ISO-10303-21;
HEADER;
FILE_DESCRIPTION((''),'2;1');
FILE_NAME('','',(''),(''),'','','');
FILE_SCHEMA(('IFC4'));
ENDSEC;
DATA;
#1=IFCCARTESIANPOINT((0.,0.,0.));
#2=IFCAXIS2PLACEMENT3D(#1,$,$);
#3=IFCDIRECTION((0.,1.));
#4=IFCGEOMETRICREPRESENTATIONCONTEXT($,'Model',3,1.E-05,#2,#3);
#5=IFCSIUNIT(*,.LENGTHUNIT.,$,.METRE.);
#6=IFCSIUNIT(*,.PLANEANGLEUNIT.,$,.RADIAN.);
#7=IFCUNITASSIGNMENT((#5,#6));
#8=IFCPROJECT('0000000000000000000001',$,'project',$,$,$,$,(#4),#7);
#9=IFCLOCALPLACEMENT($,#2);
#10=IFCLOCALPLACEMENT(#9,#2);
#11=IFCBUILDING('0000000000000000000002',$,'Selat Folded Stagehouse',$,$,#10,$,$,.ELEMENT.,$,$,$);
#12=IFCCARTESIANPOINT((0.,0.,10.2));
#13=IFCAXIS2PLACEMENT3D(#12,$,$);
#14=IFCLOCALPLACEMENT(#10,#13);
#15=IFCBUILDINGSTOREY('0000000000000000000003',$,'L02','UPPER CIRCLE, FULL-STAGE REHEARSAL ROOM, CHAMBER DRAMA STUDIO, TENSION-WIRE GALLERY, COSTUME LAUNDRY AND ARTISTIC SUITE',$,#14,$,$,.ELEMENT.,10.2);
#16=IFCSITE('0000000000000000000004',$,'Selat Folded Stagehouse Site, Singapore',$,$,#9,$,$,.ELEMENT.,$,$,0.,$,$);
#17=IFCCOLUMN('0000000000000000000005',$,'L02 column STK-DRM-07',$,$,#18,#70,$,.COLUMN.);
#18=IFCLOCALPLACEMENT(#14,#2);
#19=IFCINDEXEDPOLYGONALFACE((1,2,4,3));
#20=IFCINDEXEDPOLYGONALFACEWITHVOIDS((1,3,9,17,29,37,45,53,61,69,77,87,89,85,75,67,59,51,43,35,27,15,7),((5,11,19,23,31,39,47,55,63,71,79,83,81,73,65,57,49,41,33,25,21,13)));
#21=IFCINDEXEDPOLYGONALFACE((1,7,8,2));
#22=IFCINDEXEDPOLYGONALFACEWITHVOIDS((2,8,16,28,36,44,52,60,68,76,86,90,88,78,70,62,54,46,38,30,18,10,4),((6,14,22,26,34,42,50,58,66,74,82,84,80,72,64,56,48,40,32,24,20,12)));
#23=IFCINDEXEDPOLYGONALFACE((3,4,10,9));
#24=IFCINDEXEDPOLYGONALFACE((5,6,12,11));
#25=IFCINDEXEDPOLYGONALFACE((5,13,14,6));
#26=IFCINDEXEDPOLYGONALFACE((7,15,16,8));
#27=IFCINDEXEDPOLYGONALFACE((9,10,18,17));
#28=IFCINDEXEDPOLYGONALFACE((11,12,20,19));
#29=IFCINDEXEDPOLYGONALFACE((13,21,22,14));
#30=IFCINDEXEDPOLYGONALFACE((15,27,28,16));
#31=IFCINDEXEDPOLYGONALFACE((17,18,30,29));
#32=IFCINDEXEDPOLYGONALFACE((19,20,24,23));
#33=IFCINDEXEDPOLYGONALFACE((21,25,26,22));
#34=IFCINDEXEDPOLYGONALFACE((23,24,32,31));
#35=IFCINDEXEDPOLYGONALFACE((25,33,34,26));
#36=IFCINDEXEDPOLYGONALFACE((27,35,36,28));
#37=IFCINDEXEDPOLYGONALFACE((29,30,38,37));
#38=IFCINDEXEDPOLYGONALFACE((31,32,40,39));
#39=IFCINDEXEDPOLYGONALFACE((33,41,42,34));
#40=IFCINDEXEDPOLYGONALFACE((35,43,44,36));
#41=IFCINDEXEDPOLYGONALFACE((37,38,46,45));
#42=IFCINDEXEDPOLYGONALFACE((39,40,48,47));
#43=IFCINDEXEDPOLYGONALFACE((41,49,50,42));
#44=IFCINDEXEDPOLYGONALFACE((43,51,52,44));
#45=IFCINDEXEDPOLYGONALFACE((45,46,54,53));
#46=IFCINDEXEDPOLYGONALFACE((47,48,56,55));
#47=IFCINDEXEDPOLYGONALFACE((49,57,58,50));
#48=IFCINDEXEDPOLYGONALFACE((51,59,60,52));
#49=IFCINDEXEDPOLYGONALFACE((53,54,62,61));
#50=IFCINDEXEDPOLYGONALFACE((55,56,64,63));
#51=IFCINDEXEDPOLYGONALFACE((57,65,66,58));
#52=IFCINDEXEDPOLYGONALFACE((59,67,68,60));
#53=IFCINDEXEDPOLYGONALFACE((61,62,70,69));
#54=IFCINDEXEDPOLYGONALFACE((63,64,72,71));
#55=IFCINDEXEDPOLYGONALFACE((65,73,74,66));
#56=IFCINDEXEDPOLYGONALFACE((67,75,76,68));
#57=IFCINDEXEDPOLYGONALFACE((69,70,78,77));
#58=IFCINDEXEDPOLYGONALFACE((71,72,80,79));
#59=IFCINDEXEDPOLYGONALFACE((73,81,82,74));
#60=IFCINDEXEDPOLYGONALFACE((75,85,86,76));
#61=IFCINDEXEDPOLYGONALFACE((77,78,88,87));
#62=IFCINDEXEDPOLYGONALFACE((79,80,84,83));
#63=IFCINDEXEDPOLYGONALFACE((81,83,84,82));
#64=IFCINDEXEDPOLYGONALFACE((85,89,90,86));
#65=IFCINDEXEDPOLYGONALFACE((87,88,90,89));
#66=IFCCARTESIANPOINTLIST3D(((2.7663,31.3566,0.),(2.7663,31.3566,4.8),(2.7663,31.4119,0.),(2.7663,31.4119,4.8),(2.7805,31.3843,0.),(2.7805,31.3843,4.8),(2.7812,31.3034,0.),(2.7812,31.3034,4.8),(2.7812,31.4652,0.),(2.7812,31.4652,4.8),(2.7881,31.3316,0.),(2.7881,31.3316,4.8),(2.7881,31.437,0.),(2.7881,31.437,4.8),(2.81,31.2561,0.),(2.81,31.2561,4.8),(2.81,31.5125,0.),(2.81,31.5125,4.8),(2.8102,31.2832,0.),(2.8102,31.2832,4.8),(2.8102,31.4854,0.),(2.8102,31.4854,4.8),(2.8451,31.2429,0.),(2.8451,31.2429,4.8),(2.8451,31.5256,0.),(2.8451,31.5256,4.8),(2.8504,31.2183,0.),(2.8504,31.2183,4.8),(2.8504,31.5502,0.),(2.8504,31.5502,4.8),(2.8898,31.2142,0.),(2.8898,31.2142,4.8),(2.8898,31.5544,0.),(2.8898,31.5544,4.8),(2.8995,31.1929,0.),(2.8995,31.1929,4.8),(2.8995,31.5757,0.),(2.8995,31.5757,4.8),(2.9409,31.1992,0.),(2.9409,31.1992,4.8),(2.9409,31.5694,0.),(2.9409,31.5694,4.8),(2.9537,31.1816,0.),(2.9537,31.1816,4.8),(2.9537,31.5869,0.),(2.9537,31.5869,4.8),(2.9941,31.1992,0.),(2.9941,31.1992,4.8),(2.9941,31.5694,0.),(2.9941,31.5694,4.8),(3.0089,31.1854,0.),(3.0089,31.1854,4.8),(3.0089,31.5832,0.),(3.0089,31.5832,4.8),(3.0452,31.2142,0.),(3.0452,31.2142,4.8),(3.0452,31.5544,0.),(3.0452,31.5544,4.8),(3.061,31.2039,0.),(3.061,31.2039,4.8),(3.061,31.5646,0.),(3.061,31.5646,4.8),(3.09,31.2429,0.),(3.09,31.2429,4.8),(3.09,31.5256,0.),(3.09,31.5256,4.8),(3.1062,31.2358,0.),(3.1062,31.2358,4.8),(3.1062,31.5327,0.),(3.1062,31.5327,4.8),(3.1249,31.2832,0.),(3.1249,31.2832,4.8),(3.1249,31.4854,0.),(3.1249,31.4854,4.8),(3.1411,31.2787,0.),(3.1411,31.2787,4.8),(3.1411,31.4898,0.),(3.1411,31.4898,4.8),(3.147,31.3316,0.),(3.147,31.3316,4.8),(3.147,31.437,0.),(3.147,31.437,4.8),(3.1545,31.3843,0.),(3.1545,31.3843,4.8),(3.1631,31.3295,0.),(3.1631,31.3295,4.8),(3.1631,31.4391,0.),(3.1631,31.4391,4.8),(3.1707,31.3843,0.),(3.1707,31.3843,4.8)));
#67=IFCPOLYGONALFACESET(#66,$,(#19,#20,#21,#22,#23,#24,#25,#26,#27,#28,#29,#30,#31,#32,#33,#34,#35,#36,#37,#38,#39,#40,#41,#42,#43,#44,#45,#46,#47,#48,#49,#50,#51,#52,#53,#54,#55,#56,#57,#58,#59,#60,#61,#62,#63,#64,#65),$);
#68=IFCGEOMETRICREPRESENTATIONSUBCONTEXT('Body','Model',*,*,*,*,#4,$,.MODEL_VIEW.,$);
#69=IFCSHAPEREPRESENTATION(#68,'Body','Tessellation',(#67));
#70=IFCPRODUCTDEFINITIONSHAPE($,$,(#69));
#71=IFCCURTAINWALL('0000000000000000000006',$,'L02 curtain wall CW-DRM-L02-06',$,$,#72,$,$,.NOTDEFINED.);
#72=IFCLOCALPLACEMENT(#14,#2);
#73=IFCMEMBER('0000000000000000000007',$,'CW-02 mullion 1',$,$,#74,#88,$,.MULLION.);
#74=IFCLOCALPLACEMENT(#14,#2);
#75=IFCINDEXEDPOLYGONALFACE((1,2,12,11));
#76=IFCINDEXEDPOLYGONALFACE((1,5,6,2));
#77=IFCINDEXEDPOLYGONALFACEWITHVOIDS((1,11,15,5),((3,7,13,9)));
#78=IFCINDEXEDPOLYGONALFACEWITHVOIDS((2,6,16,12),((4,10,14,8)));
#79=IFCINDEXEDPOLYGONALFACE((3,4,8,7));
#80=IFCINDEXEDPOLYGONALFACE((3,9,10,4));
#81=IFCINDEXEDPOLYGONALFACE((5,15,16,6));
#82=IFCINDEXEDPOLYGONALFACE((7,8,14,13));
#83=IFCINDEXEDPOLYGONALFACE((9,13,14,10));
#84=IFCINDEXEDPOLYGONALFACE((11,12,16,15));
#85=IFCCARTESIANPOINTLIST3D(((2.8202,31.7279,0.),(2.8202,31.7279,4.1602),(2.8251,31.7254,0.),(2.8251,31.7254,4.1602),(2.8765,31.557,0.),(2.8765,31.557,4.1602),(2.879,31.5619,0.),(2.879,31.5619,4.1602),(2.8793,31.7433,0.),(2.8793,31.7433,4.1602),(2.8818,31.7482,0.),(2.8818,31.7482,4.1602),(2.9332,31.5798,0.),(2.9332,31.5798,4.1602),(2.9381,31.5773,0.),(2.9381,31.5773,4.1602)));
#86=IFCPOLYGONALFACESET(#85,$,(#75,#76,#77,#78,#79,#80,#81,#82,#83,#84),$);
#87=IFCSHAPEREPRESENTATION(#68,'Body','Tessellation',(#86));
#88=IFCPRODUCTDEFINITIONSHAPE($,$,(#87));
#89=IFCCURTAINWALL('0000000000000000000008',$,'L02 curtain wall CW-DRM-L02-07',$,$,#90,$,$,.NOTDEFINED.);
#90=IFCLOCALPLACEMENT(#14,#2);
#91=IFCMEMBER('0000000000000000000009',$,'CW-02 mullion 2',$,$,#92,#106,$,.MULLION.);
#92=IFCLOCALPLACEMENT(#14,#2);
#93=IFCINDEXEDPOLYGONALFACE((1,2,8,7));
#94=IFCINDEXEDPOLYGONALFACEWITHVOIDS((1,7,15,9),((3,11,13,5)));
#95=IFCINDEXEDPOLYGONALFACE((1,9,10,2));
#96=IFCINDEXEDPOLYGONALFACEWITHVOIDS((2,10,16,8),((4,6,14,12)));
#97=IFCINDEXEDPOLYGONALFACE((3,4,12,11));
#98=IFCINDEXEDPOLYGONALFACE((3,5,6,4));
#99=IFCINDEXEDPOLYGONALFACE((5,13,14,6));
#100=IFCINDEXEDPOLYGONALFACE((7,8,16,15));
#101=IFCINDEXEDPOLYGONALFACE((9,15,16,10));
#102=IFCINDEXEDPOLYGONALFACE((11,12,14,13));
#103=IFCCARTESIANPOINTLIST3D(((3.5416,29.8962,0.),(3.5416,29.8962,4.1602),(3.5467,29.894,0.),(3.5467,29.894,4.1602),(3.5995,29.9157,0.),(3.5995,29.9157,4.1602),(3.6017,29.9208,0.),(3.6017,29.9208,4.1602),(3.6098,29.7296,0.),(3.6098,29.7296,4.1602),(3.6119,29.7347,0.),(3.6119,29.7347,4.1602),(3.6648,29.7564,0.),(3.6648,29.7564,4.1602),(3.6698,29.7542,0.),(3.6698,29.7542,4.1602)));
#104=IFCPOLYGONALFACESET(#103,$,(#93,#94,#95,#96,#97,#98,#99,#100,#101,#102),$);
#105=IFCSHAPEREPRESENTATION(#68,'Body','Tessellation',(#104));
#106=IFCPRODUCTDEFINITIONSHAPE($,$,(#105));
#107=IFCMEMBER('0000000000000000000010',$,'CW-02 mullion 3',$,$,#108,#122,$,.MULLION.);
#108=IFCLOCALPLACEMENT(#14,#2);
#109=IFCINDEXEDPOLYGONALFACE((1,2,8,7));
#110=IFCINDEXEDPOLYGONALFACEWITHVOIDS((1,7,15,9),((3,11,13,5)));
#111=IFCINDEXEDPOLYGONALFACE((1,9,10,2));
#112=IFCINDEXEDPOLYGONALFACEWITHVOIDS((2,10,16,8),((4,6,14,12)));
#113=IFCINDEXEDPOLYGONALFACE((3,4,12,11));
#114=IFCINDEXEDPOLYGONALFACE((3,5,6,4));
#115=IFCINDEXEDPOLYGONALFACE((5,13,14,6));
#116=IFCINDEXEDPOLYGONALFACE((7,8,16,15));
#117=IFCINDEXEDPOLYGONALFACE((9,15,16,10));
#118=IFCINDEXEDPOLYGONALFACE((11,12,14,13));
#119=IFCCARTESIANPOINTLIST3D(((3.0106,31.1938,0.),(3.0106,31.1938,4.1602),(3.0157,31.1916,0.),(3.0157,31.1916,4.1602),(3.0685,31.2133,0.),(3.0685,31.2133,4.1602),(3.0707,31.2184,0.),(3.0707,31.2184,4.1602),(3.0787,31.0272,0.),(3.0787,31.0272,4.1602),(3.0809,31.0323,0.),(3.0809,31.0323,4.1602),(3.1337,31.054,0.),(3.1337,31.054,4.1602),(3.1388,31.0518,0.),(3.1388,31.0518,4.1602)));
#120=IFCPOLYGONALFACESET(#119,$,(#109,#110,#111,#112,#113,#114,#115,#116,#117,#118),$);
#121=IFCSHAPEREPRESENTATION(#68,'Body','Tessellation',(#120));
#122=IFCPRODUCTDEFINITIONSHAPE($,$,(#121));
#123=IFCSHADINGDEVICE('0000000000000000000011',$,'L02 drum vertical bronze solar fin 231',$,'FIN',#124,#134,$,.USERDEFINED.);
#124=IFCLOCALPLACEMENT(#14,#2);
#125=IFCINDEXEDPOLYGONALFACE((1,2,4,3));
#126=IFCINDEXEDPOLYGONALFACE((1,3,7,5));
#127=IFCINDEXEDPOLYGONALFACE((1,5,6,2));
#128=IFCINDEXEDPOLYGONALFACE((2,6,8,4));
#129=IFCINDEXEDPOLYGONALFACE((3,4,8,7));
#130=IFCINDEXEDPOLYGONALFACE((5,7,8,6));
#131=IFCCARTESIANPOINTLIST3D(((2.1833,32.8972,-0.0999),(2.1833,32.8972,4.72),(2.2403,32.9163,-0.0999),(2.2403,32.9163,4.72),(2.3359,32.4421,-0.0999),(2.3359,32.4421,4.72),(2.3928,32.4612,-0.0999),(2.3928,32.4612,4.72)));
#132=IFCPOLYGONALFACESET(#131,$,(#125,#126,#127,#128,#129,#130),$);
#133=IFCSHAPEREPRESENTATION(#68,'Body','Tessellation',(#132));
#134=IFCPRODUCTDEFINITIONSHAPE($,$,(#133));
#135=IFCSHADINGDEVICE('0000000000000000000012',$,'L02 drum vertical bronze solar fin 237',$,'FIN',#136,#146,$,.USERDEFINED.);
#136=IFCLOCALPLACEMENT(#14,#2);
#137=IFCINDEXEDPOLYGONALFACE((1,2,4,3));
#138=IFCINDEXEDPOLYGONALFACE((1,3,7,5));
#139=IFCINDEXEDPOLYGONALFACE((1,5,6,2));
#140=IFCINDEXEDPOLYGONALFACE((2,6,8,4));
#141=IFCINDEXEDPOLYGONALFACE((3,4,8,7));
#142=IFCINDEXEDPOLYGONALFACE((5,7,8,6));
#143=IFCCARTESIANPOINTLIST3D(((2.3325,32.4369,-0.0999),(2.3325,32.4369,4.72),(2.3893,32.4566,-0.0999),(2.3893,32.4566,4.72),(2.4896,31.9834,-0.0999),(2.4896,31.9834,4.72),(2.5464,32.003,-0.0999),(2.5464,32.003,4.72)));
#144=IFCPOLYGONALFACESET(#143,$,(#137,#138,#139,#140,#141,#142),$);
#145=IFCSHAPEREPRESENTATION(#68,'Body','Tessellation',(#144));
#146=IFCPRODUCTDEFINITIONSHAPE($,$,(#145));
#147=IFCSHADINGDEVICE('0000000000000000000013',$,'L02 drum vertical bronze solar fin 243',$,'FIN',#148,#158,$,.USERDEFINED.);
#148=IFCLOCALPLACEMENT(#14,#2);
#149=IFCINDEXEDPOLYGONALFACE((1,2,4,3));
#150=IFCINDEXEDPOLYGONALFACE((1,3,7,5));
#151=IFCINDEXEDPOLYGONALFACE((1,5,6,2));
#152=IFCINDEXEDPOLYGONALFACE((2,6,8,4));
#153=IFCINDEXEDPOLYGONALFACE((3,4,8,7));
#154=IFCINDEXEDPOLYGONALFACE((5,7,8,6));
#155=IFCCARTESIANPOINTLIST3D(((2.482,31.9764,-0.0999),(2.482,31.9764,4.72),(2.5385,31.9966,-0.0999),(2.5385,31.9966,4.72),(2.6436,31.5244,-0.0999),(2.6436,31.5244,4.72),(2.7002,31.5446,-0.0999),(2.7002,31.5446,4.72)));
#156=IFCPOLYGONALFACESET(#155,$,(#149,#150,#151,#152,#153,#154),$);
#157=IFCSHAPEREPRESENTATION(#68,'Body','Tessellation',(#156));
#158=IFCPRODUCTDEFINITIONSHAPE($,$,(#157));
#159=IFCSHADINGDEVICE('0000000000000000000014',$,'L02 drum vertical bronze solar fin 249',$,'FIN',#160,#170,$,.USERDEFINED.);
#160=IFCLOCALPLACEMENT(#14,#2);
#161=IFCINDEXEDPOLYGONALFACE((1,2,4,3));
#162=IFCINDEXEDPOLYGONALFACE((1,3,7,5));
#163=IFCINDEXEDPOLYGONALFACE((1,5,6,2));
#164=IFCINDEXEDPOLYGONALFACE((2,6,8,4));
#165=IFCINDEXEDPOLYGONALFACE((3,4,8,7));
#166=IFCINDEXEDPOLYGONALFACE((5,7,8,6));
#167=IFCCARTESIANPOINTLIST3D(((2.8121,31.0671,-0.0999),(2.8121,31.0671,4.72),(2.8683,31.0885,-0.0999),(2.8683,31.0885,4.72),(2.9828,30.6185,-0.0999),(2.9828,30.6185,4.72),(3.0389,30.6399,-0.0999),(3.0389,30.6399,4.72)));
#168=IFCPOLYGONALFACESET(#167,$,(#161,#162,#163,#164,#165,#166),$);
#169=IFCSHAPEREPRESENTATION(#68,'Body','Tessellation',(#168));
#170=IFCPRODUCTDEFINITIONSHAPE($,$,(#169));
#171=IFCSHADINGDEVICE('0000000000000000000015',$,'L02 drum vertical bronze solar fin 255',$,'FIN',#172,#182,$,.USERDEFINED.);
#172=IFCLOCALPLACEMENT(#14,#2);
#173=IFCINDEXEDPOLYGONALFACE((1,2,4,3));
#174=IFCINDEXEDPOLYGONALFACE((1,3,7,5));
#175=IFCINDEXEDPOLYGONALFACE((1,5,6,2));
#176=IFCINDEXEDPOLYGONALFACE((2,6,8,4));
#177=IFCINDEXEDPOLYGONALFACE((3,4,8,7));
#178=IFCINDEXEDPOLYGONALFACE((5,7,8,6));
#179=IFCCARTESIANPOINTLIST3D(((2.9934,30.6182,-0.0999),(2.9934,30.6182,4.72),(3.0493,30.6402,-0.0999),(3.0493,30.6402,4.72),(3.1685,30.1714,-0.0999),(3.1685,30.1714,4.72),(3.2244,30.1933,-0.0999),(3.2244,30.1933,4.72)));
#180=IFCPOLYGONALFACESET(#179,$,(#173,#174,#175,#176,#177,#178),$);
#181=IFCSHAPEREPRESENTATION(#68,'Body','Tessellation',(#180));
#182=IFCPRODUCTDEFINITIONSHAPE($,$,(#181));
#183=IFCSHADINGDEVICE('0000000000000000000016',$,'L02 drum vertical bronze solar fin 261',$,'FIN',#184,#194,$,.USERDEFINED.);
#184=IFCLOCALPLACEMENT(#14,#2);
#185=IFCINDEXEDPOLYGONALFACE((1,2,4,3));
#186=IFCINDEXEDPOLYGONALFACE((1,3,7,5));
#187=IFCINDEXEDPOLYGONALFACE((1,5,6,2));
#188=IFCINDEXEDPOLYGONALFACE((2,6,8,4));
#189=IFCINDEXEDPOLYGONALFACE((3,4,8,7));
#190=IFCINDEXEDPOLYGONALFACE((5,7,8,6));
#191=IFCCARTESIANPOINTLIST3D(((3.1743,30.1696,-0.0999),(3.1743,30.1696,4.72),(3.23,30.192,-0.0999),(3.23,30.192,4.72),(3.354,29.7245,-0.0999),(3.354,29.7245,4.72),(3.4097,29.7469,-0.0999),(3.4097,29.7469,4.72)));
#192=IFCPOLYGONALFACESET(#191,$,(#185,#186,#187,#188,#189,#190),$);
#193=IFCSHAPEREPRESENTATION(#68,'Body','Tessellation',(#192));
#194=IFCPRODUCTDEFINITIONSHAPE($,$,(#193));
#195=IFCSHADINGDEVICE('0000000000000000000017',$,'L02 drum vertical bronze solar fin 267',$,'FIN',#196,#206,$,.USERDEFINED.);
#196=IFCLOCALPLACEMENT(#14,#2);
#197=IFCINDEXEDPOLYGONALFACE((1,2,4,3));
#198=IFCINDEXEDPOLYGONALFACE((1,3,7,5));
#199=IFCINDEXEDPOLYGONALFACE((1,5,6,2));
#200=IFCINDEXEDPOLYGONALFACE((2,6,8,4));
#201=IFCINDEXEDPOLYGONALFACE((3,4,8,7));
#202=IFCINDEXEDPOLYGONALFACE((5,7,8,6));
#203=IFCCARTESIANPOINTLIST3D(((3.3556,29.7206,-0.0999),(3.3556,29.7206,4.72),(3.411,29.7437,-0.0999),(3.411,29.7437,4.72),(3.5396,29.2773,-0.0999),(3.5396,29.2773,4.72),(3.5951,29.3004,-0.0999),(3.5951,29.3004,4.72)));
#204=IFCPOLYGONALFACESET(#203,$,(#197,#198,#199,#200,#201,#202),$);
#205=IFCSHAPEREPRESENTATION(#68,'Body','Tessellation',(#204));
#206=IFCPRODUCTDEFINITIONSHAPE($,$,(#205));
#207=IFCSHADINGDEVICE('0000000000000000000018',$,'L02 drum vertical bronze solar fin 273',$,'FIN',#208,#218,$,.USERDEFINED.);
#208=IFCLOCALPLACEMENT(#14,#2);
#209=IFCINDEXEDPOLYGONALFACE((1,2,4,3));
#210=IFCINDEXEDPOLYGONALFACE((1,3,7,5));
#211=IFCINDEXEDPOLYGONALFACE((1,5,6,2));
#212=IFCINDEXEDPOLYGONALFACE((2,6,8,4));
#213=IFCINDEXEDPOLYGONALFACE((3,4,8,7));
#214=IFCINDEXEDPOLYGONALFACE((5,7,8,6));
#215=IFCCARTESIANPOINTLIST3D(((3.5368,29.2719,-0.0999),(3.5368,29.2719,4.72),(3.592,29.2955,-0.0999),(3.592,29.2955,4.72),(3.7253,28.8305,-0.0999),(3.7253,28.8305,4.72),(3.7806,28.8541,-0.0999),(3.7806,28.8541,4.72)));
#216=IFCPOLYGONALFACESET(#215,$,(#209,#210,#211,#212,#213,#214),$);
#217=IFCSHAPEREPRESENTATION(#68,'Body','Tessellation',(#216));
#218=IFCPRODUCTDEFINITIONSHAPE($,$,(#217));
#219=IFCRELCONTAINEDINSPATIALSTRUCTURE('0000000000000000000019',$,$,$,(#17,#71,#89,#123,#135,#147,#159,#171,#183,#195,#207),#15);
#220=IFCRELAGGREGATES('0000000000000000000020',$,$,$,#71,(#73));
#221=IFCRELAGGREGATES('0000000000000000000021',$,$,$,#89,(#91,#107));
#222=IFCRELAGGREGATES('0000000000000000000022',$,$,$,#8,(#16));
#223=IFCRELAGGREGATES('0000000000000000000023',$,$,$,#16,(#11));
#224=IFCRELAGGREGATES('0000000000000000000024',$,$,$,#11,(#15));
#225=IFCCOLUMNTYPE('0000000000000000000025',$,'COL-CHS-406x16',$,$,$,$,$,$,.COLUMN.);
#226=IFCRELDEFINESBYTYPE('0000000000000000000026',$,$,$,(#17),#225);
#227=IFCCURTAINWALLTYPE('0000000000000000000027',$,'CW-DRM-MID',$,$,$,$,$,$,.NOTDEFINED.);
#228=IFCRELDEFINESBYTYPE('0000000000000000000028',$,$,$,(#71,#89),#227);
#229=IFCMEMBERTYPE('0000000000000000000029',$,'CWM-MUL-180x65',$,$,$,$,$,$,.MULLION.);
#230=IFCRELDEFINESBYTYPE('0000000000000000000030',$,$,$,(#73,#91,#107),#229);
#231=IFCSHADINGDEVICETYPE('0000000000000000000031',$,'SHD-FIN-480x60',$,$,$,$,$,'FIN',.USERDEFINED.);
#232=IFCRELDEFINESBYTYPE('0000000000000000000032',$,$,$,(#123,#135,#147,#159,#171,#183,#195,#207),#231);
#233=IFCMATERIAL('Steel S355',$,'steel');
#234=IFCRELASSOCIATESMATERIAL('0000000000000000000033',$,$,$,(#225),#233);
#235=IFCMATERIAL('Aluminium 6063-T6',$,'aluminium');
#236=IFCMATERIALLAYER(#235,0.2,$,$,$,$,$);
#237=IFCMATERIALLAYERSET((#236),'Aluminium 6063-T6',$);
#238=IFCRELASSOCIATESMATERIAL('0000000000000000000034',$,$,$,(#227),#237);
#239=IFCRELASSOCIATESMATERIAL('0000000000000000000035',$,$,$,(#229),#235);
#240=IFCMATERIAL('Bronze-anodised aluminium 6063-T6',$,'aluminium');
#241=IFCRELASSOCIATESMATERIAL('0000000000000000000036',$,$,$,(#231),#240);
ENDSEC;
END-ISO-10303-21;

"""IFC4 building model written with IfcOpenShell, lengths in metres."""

from ifc_helpers import new_model, si_unit, direction, frame, origin, origin_2d, place, context, subcontext, project, spatial, rectangle, hollow_rectangle, hollow_circle, extrude, material, layer, layer_set, material_profile, profile_set, type_object, element, aggregate, save


model = new_model("IFC4")

# Units and contexts
model_context = context("Model", 3, precision=1e-05, world=origin(), true_north=direction((0.0, 1.0)))
body_context = subcontext(model_context, "Body", "Model", "MODEL_VIEW")
ifc_project = project(units=[si_unit("LENGTHUNIT", "METRE"), si_unit("PLANEANGLEUNIT", "RADIAN")], contexts=[model_context])

# Site, building, storey
site_placement = place(None, origin())
site = spatial("IfcSite", under=ifc_project, at=site_placement, Name="Selat Folded Stagehouse Site, Singapore", CompositionType="ELEMENT", RefElevation=0.0)
building_placement = place(site_placement, origin())
building = spatial("IfcBuilding", under=site, at=building_placement, Name="Selat Folded Stagehouse", CompositionType="ELEMENT")
storey_placement = place(building_placement, frame((0.0, 0.0, 10.2)))
storey = spatial("IfcBuildingStorey", under=building, at=storey_placement, Name="L02", Description="UPPER CIRCLE, FULL-STAGE REHEARSAL ROOM, CHAMBER DRAMA STUDIO, TENSION-WIRE GALLERY, COSTUME LAUNDRY AND ARTISTIC SUITE", CompositionType="ELEMENT", Elevation=10.2)

# Column
ifc_material_1 = material(Name="Steel S355", Category="steel")
ifc_material_profile_1 = material_profile(ifc_material_1, hollow_circle(Radius=0.2031, WallThickness=0.0161, at=origin_2d()), Name="CHS 406.4x16.0")
ifc_profile_set_1 = profile_set([ifc_material_profile_1], Name="Steel S355")
column_type = type_object("IfcColumnType", Name="COL-CHS-406x16", PredefinedType="COLUMN", material=ifc_profile_set_1)
column_placement = place(storey_placement, frame((2.9675, 31.3843, 0.0), z_axis=(0.0, 0.0, 1.0), x_axis=(1.0, 0.0, 0.0)))
element("IfcColumn", 1, at=column_placement, inside=storey, type_object=column_type, Name="L02 column STK-DRM-07", PredefinedType="COLUMN", context=body_context, shape_type="SweptSolid", body=[
    extrude(hollow_circle(Radius=0.2031, WallThickness=0.0161, at=origin_2d()), origin(), (0.0, 0.0, 1.0), 4.8),
])

# Curtain wall, member
ifc_material_2 = material(Name="Aluminium 6063-T6", Category="aluminium")
ifc_layer = layer(ifc_material_2, 0.2)
ifc_layer_set = layer_set([ifc_layer], Name="Aluminium 6063-T6")
curtain_wall_type = type_object("IfcCurtainWallType", Name="CW-DRM-MID", PredefinedType="NOTDEFINED", material=ifc_layer_set)
curtain_wall_1_placement = place(storey_placement, origin())
curtain_wall_1 = element("IfcCurtainWall", 2, at=curtain_wall_1_placement, inside=storey, type_object=curtain_wall_type, Name="L02 curtain wall CW-DRM-L02-06", PredefinedType="NOTDEFINED")
ifc_material_profile_2 = material_profile(ifc_material_2, hollow_rectangle(XDim=0.0649, YDim=0.1799, WallThickness=0.0039, at=origin_2d()), Name="ALU 180x65x4.0")
ifc_profile_set_2 = profile_set([ifc_material_profile_2], Name="Aluminium 6063-T6")
member_type = type_object("IfcMemberType", Name="CWM-MUL-180x65", PredefinedType="MULLION", material=ifc_profile_set_2)
member_1_placement = place(storey_placement, frame((2.8792, 31.6526, 0.0), z_axis=(0.0, 0.0, 1.0), x_axis=(-0.949755, -0.312995, 0.0)))
member_1 = element("IfcMember", 3, at=member_1_placement, type_object=member_type, Name="CW-02 mullion 1", PredefinedType="MULLION", context=body_context, shape_type="SweptSolid", body=[
    extrude(hollow_rectangle(XDim=0.0649, YDim=0.1799, WallThickness=0.0039, at=origin_2d()), origin(), (0.0, 0.0, 1.0), 4.1602),
])
aggregate(curtain_wall_1, [member_1])

# Curtain wall, members
curtain_wall_2_placement = place(storey_placement, origin())
curtain_wall_2 = element("IfcCurtainWall", 4, at=curtain_wall_2_placement, inside=storey, type_object=curtain_wall_type, Name="L02 curtain wall CW-DRM-L02-07", PredefinedType="NOTDEFINED")
member_2_placement = place(storey_placement, frame((3.6057, 29.8252, 0.0), z_axis=(0.0, 0.0, 1.0), x_axis=(-0.925441, -0.378891, 0.0)))
member_2 = element("IfcMember", 5, at=member_2_placement, type_object=member_type, Name="CW-02 mullion 2", PredefinedType="MULLION", context=body_context, shape_type="SweptSolid", body=[
    extrude(hollow_rectangle(XDim=0.0649, YDim=0.1799, WallThickness=0.0039, at=origin_2d()), origin(), (0.0, 0.0, 1.0), 4.1602),
])
member_3_placement = place(storey_placement, frame((3.0747, 31.1228, 0.0), z_axis=(0.0, 0.0, 1.0), x_axis=(-0.925441, -0.378891, 0.0)))
member_3 = element("IfcMember", 6, at=member_3_placement, type_object=member_type, Name="CW-02 mullion 3", PredefinedType="MULLION", context=body_context, shape_type="SweptSolid", body=[
    extrude(hollow_rectangle(XDim=0.0649, YDim=0.1799, WallThickness=0.0039, at=origin_2d()), origin(), (0.0, 0.0, 1.0), 4.1602),
])
aggregate(curtain_wall_2, [member_2, member_3])

# Shading devices
ifc_material_3 = material(Name="Bronze-anodised aluminium 6063-T6", Category="aluminium")
ifc_material_profile_3 = material_profile(ifc_material_3, rectangle(XDim=0.0601, YDim=0.48, at=origin_2d()), Name="SOLAR-FIN 480x60")
ifc_profile_set_3 = profile_set([ifc_material_profile_3], Name="Bronze-anodised aluminium 6063-T6")
shading_device_type = type_object("IfcShadingDeviceType", Name="SHD-FIN-480x60", ElementType="FIN", PredefinedType="USERDEFINED", material=ifc_profile_set_3)
for number, where, z_axis, x_axis, name in (
    (7, (2.2881, 32.6792, -0.0999), (0.0, 0.0, 1.0), (-0.948157, -0.317801, 0.0), "L02 drum vertical bronze solar fin 231"),
    (8, (2.4395, 32.22, -0.0999), (0.0, 0.0, 1.0), (-0.944949, -0.327218, 0.0), "L02 drum vertical bronze solar fin 237"),
    (9, (2.5911, 31.7605, -0.0999), (0.0, 0.0, 1.0), (-0.941588, -0.336767, 0.0), "L02 drum vertical bronze solar fin 243"),
    (10, (2.9255, 30.8535, -0.0999), (0.0, 0.0, 1.0), (-0.93464, -0.355596, 0.0), "L02 drum vertical bronze solar fin 249"),
    (11, (3.1089, 30.4058, -0.0999), (0.0, 0.0, 1.0), (-0.931056, -0.364877, 0.0), "L02 drum vertical bronze solar fin 255"),
    (12, (3.292, 29.9583, -0.0999), (0.0, 0.0, 1.0), (-0.927315, -0.374283, 0.0), "L02 drum vertical bronze solar fin 261"),
    (13, (3.4753, 29.5105, -0.0999), (0.0, 0.0, 1.0), (-0.923545, -0.38349, 0.0), "L02 drum vertical bronze solar fin 267"),
    (14, (3.6587, 29.063, -0.0999), (0.0, 0.0, 1.0), (-0.919616, -0.392819, 0.0), "L02 drum vertical bronze solar fin 273"),
):
    element("IfcShadingDevice", number, at=place(storey_placement, frame(where, z_axis=z_axis, x_axis=x_axis)), inside=storey, type_object=shading_device_type, Name=name, ObjectType="FIN", PredefinedType="USERDEFINED", context=body_context, shape_type="SweptSolid", body=[
        extrude(rectangle(XDim=0.0601, YDim=0.48, at=origin_2d()), origin(), (0.0, 0.0, 1.0), 4.8198),
    ])

save(model, "model.ifc")
